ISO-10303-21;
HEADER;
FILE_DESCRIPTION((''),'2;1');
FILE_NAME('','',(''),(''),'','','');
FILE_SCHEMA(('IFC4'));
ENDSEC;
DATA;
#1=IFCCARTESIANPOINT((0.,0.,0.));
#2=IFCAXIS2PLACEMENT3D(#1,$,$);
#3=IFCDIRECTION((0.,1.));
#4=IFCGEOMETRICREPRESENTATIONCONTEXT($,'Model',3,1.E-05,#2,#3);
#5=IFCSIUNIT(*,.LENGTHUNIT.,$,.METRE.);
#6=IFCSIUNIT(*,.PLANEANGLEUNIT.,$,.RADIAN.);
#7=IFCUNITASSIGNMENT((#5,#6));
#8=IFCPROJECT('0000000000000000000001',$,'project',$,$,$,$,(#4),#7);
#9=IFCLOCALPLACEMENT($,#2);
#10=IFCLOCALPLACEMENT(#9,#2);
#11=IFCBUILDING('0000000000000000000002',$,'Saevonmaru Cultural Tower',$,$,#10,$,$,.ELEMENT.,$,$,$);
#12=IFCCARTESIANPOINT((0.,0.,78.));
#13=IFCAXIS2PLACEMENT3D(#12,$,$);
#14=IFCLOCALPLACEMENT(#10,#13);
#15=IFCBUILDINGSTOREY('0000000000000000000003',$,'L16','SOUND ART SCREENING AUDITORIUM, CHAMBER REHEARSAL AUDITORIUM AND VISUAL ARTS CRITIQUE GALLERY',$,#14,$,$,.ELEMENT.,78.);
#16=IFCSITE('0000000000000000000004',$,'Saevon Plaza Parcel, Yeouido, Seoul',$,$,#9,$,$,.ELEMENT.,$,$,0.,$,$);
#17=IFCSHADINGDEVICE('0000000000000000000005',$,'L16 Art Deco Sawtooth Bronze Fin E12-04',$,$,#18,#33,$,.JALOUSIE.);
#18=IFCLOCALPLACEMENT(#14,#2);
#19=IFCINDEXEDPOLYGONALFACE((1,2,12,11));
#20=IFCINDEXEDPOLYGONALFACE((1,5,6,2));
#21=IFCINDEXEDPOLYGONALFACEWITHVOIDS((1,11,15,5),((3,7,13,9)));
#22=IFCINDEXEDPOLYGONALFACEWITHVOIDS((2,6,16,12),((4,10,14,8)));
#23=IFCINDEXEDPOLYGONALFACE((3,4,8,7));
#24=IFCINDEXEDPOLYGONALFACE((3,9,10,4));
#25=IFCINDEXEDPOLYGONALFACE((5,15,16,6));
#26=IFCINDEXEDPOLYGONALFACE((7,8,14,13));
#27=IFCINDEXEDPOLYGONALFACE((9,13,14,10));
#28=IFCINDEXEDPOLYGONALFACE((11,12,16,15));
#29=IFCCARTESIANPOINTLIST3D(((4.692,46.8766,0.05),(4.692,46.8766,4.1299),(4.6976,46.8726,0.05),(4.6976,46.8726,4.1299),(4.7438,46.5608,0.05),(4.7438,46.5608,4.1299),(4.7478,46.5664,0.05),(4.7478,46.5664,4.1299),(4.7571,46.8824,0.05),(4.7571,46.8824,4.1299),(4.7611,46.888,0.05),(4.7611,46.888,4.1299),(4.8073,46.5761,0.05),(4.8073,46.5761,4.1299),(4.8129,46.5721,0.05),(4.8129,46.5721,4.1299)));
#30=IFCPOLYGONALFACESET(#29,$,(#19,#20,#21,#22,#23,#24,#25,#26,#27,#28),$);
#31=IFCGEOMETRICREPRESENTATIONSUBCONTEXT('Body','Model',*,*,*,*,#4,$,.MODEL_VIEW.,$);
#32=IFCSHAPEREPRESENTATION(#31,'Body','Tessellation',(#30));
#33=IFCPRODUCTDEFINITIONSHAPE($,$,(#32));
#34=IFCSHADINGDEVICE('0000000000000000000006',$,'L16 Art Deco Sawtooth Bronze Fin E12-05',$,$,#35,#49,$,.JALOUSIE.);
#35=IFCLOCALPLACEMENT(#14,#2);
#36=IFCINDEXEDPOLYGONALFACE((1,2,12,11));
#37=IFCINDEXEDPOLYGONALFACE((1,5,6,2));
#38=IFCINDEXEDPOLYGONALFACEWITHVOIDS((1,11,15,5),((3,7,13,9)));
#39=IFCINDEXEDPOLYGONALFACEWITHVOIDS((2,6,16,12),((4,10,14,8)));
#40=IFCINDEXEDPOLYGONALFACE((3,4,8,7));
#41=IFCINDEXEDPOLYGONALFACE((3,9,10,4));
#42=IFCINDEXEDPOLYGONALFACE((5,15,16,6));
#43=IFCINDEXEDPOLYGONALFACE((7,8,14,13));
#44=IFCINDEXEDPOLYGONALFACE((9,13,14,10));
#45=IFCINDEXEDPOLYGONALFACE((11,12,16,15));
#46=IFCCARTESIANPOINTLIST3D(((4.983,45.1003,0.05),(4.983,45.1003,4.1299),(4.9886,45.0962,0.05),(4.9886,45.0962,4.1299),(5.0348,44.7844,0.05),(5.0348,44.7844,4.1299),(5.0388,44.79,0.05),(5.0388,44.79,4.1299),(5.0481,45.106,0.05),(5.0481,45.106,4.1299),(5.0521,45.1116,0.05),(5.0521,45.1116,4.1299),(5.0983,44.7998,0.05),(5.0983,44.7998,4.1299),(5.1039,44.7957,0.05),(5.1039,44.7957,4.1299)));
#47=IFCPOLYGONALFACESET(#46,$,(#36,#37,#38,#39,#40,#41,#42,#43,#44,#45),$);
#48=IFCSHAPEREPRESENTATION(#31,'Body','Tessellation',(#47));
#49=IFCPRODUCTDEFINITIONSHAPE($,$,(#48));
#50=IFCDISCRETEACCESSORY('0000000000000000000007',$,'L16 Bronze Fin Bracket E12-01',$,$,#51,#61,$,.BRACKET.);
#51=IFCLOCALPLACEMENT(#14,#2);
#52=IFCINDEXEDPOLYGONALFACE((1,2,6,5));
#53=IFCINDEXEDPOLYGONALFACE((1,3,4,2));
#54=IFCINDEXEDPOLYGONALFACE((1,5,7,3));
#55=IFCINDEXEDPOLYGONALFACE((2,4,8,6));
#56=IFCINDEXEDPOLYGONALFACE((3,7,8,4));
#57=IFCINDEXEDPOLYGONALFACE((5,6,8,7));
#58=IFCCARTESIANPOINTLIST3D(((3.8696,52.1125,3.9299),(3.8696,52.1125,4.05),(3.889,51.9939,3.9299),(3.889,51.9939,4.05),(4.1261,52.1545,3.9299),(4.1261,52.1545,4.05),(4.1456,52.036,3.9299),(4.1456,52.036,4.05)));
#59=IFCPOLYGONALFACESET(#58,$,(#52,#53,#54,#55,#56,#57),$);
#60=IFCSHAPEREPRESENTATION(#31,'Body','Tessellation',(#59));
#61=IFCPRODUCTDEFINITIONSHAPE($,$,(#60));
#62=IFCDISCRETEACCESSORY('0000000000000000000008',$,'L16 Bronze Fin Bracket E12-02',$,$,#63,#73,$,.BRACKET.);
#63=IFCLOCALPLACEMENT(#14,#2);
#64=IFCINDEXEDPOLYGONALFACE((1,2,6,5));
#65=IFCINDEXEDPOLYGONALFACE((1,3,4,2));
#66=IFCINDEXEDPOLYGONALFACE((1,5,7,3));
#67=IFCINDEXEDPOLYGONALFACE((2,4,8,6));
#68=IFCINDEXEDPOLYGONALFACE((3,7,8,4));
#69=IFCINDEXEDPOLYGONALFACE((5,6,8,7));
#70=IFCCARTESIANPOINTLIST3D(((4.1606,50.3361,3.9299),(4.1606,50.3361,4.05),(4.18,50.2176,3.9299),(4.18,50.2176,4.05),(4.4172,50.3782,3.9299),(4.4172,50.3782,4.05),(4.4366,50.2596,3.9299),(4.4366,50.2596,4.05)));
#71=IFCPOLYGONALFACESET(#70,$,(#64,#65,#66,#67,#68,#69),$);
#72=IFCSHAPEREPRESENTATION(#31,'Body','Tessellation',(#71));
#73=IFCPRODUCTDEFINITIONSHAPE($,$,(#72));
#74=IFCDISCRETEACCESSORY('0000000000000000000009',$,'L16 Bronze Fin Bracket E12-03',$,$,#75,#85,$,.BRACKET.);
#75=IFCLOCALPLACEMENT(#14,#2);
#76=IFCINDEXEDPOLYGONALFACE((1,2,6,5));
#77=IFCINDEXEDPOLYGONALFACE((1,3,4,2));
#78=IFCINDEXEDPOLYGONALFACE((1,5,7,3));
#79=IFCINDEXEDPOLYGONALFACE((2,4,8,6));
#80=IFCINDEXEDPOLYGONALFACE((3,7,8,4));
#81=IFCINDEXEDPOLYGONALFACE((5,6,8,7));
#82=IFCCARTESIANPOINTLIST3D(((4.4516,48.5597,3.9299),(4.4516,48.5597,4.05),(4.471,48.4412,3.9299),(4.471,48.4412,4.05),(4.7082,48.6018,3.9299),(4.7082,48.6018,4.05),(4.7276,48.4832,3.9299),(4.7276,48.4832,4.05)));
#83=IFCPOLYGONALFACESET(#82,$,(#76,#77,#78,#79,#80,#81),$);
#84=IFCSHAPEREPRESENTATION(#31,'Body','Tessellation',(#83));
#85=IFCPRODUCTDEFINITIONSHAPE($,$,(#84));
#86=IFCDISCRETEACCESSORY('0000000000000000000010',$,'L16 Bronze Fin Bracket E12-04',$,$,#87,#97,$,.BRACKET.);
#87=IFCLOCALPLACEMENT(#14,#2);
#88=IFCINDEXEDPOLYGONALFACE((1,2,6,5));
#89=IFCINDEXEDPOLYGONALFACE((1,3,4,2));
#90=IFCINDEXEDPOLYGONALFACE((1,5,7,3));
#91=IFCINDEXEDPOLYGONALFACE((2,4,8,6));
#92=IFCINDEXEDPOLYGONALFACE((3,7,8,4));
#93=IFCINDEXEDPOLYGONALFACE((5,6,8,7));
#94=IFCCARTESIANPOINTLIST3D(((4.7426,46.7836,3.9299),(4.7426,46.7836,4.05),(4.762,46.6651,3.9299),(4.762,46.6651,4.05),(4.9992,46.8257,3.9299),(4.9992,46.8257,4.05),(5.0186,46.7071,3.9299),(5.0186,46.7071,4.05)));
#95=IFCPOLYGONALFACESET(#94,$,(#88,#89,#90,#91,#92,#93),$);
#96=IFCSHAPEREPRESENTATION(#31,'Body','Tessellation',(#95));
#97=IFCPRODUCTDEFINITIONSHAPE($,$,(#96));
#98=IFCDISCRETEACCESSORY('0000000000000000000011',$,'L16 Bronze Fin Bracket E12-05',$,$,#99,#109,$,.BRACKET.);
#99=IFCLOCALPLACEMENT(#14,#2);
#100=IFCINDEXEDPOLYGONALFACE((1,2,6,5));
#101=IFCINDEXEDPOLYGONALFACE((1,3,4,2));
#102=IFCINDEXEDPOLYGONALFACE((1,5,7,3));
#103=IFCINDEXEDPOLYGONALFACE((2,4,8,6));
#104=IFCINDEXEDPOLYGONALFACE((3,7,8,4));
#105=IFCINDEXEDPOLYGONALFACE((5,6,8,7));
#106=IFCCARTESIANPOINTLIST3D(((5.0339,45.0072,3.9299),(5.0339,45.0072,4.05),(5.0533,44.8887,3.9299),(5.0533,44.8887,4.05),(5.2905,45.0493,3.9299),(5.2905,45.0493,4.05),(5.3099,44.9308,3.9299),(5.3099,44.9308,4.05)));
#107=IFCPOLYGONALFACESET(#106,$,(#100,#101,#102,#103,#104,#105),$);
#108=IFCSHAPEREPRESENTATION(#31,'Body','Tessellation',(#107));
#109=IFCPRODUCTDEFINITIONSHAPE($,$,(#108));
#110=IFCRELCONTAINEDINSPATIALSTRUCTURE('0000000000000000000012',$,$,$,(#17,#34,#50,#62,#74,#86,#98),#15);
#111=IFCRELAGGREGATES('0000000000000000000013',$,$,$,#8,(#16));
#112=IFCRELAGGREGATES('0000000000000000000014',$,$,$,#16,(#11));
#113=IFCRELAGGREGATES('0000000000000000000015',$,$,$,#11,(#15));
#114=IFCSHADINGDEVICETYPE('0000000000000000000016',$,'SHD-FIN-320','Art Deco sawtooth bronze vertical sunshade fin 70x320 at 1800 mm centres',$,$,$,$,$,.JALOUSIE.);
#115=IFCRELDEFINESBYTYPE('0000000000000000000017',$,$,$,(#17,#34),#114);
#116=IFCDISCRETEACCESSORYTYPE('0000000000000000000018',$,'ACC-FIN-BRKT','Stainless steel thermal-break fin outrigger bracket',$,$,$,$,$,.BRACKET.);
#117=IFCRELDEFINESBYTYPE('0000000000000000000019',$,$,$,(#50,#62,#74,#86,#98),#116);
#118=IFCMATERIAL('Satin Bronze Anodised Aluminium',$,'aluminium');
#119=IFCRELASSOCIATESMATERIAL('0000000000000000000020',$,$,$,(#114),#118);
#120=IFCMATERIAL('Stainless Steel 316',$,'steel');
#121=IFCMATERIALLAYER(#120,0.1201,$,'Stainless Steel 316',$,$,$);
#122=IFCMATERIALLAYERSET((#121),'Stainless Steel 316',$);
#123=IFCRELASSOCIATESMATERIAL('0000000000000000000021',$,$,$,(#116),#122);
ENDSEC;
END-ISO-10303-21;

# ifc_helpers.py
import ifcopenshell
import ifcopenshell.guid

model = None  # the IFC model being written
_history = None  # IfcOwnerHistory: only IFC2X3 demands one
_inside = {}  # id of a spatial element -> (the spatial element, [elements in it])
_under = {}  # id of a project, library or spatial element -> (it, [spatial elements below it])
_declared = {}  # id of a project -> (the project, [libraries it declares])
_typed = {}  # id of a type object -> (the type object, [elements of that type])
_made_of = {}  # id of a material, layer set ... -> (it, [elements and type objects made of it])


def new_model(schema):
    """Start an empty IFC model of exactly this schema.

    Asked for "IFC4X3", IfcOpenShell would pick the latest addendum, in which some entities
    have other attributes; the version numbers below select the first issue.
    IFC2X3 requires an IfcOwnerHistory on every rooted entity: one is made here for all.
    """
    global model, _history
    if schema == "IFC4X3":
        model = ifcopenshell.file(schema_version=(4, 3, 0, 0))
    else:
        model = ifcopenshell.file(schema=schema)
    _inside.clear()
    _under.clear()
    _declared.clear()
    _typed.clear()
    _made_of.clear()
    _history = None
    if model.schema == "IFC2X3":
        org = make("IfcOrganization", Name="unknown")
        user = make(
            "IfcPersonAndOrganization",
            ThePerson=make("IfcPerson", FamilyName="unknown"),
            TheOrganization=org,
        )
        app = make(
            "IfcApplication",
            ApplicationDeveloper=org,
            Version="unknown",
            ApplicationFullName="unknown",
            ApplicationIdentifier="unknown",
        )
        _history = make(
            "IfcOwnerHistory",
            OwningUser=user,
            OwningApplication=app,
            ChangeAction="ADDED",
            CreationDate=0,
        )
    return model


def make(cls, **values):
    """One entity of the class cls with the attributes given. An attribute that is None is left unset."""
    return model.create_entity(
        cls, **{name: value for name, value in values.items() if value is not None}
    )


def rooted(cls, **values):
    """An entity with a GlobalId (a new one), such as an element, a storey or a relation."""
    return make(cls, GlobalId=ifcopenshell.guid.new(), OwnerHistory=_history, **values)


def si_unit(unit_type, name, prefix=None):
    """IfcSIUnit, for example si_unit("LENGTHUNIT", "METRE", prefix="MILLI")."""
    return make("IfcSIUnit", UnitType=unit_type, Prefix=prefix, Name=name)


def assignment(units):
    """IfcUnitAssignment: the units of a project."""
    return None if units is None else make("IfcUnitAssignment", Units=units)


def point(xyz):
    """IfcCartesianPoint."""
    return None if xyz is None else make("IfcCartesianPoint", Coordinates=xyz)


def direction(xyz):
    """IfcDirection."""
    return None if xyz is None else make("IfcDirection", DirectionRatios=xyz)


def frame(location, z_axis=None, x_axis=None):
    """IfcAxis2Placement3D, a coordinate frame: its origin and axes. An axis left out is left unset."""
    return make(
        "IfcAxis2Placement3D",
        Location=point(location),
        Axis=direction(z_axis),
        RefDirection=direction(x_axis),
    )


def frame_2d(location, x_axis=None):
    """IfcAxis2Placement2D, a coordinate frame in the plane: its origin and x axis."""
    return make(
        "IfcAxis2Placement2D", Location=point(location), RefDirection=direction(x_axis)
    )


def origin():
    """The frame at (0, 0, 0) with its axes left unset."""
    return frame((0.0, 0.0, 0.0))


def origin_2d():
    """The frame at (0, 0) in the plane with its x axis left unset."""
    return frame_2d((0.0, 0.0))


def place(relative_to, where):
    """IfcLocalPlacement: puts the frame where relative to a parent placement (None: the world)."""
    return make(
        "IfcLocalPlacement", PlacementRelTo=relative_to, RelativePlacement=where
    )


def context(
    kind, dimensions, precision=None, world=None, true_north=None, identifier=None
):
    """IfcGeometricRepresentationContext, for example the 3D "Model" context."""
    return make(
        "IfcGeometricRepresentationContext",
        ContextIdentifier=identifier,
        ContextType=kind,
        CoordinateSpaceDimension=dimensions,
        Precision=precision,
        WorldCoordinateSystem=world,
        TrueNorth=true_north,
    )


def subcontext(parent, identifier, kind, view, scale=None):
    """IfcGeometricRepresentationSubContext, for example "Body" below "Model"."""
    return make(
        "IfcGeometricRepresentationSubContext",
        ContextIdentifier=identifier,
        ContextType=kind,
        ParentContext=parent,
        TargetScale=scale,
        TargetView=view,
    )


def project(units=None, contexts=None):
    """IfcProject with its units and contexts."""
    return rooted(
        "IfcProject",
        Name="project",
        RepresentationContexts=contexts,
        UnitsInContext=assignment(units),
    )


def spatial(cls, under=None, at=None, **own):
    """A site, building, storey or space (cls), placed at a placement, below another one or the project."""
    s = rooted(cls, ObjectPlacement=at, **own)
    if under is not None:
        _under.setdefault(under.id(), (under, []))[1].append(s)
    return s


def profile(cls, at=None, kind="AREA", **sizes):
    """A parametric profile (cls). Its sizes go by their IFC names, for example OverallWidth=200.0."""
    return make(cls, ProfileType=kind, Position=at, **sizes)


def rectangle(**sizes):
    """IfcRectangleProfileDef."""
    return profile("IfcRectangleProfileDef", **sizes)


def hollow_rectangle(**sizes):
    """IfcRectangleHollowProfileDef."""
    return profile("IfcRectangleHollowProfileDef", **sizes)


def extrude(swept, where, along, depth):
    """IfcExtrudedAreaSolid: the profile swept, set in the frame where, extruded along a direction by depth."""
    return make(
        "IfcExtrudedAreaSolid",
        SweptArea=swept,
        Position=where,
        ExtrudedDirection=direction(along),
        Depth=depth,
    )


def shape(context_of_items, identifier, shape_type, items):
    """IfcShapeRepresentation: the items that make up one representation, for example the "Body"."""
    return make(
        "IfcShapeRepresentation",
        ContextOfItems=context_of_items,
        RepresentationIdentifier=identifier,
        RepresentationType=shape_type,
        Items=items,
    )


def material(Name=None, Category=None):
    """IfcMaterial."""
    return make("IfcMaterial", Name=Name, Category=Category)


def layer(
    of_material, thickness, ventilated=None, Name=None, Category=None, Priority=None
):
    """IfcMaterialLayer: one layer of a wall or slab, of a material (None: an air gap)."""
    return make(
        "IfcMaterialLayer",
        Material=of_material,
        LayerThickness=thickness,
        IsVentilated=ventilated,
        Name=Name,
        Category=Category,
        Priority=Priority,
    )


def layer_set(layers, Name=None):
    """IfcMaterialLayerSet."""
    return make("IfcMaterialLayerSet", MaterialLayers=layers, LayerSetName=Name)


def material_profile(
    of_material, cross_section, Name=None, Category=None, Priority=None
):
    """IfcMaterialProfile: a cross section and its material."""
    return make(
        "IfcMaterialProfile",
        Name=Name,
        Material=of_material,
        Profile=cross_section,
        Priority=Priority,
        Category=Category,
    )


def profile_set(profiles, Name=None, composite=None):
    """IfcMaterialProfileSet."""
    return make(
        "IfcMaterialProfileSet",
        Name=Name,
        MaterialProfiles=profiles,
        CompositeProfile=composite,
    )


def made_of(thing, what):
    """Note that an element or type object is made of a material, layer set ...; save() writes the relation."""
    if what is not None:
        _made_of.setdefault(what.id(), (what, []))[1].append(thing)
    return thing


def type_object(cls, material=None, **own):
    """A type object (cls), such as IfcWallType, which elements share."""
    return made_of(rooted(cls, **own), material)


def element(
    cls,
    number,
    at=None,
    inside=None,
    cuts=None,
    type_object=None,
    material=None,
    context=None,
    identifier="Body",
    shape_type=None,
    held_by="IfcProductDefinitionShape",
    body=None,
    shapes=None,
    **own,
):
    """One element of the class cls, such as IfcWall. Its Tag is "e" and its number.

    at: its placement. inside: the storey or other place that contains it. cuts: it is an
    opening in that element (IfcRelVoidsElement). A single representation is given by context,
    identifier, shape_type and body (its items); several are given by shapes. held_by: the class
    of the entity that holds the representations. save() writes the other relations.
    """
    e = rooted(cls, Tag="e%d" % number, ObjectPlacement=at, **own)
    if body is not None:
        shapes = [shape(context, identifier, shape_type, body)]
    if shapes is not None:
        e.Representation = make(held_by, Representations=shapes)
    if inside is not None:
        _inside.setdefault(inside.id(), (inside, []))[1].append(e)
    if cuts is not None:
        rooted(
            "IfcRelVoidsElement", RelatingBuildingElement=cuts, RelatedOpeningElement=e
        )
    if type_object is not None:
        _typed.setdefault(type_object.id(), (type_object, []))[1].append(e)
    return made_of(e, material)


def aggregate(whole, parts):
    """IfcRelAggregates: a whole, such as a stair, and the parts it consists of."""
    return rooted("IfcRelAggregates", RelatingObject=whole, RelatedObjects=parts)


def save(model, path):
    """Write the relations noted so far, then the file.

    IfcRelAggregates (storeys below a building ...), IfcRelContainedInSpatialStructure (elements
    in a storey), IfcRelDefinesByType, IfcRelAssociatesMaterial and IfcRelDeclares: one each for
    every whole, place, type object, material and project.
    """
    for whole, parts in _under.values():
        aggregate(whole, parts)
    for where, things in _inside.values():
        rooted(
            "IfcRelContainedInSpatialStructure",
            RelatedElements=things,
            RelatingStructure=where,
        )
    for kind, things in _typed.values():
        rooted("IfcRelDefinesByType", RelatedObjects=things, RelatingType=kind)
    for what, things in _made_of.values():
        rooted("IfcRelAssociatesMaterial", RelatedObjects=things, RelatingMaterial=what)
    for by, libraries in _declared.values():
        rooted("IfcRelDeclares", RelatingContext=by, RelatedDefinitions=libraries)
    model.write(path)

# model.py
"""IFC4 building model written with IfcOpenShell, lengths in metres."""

from ifc_helpers import new_model, si_unit, direction, frame, origin, origin_2d, place, context, subcontext, project, spatial, rectangle, hollow_rectangle, extrude, material, layer, layer_set, material_profile, profile_set, type_object, element, save


model = new_model("IFC4")

# Units and contexts
model_context = context("Model", 3, precision=1e-05, world=origin(), true_north=direction((0.0, 1.0)))
body_context = subcontext(model_context, "Body", "Model", "MODEL_VIEW")
ifc_project = project(units=[si_unit("LENGTHUNIT", "METRE"), si_unit("PLANEANGLEUNIT", "RADIAN")], contexts=[model_context])

# Site, building, storey
site_placement = place(None, origin())
site = spatial("IfcSite", under=ifc_project, at=site_placement, Name="Saevon Plaza Parcel, Yeouido, Seoul", CompositionType="ELEMENT", RefElevation=0.0)
building_placement = place(site_placement, origin())
building = spatial("IfcBuilding", under=site, at=building_placement, Name="Saevonmaru Cultural Tower", CompositionType="ELEMENT")
storey_placement = place(building_placement, frame((0.0, 0.0, 78.0)))
storey = spatial("IfcBuildingStorey", under=building, at=storey_placement, Name="L16", Description="SOUND ART SCREENING AUDITORIUM, CHAMBER REHEARSAL AUDITORIUM AND VISUAL ARTS CRITIQUE GALLERY", CompositionType="ELEMENT", Elevation=78.0)

# Shared definitions
ifc_material_1 = material(Name="Satin Bronze Anodised Aluminium", Category="aluminium")

# Shading devices
ifc_material_profile_1 = material_profile(ifc_material_1, hollow_rectangle(XDim=0.0701, YDim=0.3201, WallThickness=0.0049, at=origin_2d()), Name="FIN-320x70")
ifc_profile_set_1 = profile_set([ifc_material_profile_1], Name="Satin Bronze Anodised Aluminium")
shading_device_type = type_object("IfcShadingDeviceType", Name="SHD-FIN-320", Description="Art Deco sawtooth bronze vertical sunshade fin 70x320 at 1800 mm centres", PredefinedType="JALOUSIE", material=ifc_profile_set_1)
for number, where, z_axis, x_axis, name in (
    (1, (4.7524, 46.7244, 0.05), (0.0, 0.0, 1.0), (-0.986827, -0.161776, 0.0), "L16 Art Deco Sawtooth Bronze Fin E12-04"),
    (2, (5.0435, 44.948, 0.05), (0.0, 0.0, 1.0), (-0.986827, -0.161776, 0.0), "L16 Art Deco Sawtooth Bronze Fin E12-05"),
):
    element("IfcShadingDevice", number, at=place(storey_placement, frame(where, z_axis=z_axis, x_axis=x_axis)), inside=storey, type_object=shading_device_type, Name=name, PredefinedType="JALOUSIE", context=body_context, shape_type="SweptSolid", body=[
        extrude(hollow_rectangle(XDim=0.0701, YDim=0.3201, WallThickness=0.0049, at=origin_2d()), origin(), (0.0, 0.0, 1.0), 4.0798),
    ])

# Discrete accessories
ifc_material_2 = material(Name="Stainless Steel 316", Category="steel")
ifc_layer_1 = layer(ifc_material_2, 0.1201, Name="Stainless Steel 316")
ifc_layer_set_1 = layer_set([ifc_layer_1], Name="Stainless Steel 316")
discrete_accessory_type = type_object("IfcDiscreteAccessoryType", Name="ACC-FIN-BRKT", Description="Stainless steel thermal-break fin outrigger bracket", PredefinedType="BRACKET", material=ifc_layer_set_1)
for number, where, z_axis, x_axis, name in (
    (3, (4.0076, 52.0742, 3.9299), (0.0, 0.0, 1.0), (-0.986827, -0.161776, 0.0), "L16 Bronze Fin Bracket E12-01"),
    (4, (4.2986, 50.2979, 3.9299), (0.0, 0.0, 1.0), (-0.986827, -0.161776, 0.0), "L16 Bronze Fin Bracket E12-02"),
    (5, (4.5896, 48.5215, 3.9299), (0.0, 0.0, 1.0), (-0.986827, -0.161776, 0.0), "L16 Bronze Fin Bracket E12-03"),
    (6, (4.8806, 46.7454, 3.9299), (0.0, 0.0, 1.0), (-0.986827, -0.161776, 0.0), "L16 Bronze Fin Bracket E12-04"),
    (7, (5.1719, 44.969, 3.9299), (0.0, 0.0, 1.0), (-0.986827, -0.161776, 0.0), "L16 Bronze Fin Bracket E12-05"),
):
    element("IfcDiscreteAccessory", number, at=place(storey_placement, frame(where, z_axis=z_axis, x_axis=x_axis)), inside=storey, type_object=discrete_accessory_type, Name=name, PredefinedType="BRACKET", context=body_context, shape_type="SweptSolid", body=[
        extrude(rectangle(XDim=0.26, YDim=0.1201, at=origin_2d()), origin(), (0.0, 0.0, 1.0), 0.1201),
    ])

save(model, "model.ifc")
